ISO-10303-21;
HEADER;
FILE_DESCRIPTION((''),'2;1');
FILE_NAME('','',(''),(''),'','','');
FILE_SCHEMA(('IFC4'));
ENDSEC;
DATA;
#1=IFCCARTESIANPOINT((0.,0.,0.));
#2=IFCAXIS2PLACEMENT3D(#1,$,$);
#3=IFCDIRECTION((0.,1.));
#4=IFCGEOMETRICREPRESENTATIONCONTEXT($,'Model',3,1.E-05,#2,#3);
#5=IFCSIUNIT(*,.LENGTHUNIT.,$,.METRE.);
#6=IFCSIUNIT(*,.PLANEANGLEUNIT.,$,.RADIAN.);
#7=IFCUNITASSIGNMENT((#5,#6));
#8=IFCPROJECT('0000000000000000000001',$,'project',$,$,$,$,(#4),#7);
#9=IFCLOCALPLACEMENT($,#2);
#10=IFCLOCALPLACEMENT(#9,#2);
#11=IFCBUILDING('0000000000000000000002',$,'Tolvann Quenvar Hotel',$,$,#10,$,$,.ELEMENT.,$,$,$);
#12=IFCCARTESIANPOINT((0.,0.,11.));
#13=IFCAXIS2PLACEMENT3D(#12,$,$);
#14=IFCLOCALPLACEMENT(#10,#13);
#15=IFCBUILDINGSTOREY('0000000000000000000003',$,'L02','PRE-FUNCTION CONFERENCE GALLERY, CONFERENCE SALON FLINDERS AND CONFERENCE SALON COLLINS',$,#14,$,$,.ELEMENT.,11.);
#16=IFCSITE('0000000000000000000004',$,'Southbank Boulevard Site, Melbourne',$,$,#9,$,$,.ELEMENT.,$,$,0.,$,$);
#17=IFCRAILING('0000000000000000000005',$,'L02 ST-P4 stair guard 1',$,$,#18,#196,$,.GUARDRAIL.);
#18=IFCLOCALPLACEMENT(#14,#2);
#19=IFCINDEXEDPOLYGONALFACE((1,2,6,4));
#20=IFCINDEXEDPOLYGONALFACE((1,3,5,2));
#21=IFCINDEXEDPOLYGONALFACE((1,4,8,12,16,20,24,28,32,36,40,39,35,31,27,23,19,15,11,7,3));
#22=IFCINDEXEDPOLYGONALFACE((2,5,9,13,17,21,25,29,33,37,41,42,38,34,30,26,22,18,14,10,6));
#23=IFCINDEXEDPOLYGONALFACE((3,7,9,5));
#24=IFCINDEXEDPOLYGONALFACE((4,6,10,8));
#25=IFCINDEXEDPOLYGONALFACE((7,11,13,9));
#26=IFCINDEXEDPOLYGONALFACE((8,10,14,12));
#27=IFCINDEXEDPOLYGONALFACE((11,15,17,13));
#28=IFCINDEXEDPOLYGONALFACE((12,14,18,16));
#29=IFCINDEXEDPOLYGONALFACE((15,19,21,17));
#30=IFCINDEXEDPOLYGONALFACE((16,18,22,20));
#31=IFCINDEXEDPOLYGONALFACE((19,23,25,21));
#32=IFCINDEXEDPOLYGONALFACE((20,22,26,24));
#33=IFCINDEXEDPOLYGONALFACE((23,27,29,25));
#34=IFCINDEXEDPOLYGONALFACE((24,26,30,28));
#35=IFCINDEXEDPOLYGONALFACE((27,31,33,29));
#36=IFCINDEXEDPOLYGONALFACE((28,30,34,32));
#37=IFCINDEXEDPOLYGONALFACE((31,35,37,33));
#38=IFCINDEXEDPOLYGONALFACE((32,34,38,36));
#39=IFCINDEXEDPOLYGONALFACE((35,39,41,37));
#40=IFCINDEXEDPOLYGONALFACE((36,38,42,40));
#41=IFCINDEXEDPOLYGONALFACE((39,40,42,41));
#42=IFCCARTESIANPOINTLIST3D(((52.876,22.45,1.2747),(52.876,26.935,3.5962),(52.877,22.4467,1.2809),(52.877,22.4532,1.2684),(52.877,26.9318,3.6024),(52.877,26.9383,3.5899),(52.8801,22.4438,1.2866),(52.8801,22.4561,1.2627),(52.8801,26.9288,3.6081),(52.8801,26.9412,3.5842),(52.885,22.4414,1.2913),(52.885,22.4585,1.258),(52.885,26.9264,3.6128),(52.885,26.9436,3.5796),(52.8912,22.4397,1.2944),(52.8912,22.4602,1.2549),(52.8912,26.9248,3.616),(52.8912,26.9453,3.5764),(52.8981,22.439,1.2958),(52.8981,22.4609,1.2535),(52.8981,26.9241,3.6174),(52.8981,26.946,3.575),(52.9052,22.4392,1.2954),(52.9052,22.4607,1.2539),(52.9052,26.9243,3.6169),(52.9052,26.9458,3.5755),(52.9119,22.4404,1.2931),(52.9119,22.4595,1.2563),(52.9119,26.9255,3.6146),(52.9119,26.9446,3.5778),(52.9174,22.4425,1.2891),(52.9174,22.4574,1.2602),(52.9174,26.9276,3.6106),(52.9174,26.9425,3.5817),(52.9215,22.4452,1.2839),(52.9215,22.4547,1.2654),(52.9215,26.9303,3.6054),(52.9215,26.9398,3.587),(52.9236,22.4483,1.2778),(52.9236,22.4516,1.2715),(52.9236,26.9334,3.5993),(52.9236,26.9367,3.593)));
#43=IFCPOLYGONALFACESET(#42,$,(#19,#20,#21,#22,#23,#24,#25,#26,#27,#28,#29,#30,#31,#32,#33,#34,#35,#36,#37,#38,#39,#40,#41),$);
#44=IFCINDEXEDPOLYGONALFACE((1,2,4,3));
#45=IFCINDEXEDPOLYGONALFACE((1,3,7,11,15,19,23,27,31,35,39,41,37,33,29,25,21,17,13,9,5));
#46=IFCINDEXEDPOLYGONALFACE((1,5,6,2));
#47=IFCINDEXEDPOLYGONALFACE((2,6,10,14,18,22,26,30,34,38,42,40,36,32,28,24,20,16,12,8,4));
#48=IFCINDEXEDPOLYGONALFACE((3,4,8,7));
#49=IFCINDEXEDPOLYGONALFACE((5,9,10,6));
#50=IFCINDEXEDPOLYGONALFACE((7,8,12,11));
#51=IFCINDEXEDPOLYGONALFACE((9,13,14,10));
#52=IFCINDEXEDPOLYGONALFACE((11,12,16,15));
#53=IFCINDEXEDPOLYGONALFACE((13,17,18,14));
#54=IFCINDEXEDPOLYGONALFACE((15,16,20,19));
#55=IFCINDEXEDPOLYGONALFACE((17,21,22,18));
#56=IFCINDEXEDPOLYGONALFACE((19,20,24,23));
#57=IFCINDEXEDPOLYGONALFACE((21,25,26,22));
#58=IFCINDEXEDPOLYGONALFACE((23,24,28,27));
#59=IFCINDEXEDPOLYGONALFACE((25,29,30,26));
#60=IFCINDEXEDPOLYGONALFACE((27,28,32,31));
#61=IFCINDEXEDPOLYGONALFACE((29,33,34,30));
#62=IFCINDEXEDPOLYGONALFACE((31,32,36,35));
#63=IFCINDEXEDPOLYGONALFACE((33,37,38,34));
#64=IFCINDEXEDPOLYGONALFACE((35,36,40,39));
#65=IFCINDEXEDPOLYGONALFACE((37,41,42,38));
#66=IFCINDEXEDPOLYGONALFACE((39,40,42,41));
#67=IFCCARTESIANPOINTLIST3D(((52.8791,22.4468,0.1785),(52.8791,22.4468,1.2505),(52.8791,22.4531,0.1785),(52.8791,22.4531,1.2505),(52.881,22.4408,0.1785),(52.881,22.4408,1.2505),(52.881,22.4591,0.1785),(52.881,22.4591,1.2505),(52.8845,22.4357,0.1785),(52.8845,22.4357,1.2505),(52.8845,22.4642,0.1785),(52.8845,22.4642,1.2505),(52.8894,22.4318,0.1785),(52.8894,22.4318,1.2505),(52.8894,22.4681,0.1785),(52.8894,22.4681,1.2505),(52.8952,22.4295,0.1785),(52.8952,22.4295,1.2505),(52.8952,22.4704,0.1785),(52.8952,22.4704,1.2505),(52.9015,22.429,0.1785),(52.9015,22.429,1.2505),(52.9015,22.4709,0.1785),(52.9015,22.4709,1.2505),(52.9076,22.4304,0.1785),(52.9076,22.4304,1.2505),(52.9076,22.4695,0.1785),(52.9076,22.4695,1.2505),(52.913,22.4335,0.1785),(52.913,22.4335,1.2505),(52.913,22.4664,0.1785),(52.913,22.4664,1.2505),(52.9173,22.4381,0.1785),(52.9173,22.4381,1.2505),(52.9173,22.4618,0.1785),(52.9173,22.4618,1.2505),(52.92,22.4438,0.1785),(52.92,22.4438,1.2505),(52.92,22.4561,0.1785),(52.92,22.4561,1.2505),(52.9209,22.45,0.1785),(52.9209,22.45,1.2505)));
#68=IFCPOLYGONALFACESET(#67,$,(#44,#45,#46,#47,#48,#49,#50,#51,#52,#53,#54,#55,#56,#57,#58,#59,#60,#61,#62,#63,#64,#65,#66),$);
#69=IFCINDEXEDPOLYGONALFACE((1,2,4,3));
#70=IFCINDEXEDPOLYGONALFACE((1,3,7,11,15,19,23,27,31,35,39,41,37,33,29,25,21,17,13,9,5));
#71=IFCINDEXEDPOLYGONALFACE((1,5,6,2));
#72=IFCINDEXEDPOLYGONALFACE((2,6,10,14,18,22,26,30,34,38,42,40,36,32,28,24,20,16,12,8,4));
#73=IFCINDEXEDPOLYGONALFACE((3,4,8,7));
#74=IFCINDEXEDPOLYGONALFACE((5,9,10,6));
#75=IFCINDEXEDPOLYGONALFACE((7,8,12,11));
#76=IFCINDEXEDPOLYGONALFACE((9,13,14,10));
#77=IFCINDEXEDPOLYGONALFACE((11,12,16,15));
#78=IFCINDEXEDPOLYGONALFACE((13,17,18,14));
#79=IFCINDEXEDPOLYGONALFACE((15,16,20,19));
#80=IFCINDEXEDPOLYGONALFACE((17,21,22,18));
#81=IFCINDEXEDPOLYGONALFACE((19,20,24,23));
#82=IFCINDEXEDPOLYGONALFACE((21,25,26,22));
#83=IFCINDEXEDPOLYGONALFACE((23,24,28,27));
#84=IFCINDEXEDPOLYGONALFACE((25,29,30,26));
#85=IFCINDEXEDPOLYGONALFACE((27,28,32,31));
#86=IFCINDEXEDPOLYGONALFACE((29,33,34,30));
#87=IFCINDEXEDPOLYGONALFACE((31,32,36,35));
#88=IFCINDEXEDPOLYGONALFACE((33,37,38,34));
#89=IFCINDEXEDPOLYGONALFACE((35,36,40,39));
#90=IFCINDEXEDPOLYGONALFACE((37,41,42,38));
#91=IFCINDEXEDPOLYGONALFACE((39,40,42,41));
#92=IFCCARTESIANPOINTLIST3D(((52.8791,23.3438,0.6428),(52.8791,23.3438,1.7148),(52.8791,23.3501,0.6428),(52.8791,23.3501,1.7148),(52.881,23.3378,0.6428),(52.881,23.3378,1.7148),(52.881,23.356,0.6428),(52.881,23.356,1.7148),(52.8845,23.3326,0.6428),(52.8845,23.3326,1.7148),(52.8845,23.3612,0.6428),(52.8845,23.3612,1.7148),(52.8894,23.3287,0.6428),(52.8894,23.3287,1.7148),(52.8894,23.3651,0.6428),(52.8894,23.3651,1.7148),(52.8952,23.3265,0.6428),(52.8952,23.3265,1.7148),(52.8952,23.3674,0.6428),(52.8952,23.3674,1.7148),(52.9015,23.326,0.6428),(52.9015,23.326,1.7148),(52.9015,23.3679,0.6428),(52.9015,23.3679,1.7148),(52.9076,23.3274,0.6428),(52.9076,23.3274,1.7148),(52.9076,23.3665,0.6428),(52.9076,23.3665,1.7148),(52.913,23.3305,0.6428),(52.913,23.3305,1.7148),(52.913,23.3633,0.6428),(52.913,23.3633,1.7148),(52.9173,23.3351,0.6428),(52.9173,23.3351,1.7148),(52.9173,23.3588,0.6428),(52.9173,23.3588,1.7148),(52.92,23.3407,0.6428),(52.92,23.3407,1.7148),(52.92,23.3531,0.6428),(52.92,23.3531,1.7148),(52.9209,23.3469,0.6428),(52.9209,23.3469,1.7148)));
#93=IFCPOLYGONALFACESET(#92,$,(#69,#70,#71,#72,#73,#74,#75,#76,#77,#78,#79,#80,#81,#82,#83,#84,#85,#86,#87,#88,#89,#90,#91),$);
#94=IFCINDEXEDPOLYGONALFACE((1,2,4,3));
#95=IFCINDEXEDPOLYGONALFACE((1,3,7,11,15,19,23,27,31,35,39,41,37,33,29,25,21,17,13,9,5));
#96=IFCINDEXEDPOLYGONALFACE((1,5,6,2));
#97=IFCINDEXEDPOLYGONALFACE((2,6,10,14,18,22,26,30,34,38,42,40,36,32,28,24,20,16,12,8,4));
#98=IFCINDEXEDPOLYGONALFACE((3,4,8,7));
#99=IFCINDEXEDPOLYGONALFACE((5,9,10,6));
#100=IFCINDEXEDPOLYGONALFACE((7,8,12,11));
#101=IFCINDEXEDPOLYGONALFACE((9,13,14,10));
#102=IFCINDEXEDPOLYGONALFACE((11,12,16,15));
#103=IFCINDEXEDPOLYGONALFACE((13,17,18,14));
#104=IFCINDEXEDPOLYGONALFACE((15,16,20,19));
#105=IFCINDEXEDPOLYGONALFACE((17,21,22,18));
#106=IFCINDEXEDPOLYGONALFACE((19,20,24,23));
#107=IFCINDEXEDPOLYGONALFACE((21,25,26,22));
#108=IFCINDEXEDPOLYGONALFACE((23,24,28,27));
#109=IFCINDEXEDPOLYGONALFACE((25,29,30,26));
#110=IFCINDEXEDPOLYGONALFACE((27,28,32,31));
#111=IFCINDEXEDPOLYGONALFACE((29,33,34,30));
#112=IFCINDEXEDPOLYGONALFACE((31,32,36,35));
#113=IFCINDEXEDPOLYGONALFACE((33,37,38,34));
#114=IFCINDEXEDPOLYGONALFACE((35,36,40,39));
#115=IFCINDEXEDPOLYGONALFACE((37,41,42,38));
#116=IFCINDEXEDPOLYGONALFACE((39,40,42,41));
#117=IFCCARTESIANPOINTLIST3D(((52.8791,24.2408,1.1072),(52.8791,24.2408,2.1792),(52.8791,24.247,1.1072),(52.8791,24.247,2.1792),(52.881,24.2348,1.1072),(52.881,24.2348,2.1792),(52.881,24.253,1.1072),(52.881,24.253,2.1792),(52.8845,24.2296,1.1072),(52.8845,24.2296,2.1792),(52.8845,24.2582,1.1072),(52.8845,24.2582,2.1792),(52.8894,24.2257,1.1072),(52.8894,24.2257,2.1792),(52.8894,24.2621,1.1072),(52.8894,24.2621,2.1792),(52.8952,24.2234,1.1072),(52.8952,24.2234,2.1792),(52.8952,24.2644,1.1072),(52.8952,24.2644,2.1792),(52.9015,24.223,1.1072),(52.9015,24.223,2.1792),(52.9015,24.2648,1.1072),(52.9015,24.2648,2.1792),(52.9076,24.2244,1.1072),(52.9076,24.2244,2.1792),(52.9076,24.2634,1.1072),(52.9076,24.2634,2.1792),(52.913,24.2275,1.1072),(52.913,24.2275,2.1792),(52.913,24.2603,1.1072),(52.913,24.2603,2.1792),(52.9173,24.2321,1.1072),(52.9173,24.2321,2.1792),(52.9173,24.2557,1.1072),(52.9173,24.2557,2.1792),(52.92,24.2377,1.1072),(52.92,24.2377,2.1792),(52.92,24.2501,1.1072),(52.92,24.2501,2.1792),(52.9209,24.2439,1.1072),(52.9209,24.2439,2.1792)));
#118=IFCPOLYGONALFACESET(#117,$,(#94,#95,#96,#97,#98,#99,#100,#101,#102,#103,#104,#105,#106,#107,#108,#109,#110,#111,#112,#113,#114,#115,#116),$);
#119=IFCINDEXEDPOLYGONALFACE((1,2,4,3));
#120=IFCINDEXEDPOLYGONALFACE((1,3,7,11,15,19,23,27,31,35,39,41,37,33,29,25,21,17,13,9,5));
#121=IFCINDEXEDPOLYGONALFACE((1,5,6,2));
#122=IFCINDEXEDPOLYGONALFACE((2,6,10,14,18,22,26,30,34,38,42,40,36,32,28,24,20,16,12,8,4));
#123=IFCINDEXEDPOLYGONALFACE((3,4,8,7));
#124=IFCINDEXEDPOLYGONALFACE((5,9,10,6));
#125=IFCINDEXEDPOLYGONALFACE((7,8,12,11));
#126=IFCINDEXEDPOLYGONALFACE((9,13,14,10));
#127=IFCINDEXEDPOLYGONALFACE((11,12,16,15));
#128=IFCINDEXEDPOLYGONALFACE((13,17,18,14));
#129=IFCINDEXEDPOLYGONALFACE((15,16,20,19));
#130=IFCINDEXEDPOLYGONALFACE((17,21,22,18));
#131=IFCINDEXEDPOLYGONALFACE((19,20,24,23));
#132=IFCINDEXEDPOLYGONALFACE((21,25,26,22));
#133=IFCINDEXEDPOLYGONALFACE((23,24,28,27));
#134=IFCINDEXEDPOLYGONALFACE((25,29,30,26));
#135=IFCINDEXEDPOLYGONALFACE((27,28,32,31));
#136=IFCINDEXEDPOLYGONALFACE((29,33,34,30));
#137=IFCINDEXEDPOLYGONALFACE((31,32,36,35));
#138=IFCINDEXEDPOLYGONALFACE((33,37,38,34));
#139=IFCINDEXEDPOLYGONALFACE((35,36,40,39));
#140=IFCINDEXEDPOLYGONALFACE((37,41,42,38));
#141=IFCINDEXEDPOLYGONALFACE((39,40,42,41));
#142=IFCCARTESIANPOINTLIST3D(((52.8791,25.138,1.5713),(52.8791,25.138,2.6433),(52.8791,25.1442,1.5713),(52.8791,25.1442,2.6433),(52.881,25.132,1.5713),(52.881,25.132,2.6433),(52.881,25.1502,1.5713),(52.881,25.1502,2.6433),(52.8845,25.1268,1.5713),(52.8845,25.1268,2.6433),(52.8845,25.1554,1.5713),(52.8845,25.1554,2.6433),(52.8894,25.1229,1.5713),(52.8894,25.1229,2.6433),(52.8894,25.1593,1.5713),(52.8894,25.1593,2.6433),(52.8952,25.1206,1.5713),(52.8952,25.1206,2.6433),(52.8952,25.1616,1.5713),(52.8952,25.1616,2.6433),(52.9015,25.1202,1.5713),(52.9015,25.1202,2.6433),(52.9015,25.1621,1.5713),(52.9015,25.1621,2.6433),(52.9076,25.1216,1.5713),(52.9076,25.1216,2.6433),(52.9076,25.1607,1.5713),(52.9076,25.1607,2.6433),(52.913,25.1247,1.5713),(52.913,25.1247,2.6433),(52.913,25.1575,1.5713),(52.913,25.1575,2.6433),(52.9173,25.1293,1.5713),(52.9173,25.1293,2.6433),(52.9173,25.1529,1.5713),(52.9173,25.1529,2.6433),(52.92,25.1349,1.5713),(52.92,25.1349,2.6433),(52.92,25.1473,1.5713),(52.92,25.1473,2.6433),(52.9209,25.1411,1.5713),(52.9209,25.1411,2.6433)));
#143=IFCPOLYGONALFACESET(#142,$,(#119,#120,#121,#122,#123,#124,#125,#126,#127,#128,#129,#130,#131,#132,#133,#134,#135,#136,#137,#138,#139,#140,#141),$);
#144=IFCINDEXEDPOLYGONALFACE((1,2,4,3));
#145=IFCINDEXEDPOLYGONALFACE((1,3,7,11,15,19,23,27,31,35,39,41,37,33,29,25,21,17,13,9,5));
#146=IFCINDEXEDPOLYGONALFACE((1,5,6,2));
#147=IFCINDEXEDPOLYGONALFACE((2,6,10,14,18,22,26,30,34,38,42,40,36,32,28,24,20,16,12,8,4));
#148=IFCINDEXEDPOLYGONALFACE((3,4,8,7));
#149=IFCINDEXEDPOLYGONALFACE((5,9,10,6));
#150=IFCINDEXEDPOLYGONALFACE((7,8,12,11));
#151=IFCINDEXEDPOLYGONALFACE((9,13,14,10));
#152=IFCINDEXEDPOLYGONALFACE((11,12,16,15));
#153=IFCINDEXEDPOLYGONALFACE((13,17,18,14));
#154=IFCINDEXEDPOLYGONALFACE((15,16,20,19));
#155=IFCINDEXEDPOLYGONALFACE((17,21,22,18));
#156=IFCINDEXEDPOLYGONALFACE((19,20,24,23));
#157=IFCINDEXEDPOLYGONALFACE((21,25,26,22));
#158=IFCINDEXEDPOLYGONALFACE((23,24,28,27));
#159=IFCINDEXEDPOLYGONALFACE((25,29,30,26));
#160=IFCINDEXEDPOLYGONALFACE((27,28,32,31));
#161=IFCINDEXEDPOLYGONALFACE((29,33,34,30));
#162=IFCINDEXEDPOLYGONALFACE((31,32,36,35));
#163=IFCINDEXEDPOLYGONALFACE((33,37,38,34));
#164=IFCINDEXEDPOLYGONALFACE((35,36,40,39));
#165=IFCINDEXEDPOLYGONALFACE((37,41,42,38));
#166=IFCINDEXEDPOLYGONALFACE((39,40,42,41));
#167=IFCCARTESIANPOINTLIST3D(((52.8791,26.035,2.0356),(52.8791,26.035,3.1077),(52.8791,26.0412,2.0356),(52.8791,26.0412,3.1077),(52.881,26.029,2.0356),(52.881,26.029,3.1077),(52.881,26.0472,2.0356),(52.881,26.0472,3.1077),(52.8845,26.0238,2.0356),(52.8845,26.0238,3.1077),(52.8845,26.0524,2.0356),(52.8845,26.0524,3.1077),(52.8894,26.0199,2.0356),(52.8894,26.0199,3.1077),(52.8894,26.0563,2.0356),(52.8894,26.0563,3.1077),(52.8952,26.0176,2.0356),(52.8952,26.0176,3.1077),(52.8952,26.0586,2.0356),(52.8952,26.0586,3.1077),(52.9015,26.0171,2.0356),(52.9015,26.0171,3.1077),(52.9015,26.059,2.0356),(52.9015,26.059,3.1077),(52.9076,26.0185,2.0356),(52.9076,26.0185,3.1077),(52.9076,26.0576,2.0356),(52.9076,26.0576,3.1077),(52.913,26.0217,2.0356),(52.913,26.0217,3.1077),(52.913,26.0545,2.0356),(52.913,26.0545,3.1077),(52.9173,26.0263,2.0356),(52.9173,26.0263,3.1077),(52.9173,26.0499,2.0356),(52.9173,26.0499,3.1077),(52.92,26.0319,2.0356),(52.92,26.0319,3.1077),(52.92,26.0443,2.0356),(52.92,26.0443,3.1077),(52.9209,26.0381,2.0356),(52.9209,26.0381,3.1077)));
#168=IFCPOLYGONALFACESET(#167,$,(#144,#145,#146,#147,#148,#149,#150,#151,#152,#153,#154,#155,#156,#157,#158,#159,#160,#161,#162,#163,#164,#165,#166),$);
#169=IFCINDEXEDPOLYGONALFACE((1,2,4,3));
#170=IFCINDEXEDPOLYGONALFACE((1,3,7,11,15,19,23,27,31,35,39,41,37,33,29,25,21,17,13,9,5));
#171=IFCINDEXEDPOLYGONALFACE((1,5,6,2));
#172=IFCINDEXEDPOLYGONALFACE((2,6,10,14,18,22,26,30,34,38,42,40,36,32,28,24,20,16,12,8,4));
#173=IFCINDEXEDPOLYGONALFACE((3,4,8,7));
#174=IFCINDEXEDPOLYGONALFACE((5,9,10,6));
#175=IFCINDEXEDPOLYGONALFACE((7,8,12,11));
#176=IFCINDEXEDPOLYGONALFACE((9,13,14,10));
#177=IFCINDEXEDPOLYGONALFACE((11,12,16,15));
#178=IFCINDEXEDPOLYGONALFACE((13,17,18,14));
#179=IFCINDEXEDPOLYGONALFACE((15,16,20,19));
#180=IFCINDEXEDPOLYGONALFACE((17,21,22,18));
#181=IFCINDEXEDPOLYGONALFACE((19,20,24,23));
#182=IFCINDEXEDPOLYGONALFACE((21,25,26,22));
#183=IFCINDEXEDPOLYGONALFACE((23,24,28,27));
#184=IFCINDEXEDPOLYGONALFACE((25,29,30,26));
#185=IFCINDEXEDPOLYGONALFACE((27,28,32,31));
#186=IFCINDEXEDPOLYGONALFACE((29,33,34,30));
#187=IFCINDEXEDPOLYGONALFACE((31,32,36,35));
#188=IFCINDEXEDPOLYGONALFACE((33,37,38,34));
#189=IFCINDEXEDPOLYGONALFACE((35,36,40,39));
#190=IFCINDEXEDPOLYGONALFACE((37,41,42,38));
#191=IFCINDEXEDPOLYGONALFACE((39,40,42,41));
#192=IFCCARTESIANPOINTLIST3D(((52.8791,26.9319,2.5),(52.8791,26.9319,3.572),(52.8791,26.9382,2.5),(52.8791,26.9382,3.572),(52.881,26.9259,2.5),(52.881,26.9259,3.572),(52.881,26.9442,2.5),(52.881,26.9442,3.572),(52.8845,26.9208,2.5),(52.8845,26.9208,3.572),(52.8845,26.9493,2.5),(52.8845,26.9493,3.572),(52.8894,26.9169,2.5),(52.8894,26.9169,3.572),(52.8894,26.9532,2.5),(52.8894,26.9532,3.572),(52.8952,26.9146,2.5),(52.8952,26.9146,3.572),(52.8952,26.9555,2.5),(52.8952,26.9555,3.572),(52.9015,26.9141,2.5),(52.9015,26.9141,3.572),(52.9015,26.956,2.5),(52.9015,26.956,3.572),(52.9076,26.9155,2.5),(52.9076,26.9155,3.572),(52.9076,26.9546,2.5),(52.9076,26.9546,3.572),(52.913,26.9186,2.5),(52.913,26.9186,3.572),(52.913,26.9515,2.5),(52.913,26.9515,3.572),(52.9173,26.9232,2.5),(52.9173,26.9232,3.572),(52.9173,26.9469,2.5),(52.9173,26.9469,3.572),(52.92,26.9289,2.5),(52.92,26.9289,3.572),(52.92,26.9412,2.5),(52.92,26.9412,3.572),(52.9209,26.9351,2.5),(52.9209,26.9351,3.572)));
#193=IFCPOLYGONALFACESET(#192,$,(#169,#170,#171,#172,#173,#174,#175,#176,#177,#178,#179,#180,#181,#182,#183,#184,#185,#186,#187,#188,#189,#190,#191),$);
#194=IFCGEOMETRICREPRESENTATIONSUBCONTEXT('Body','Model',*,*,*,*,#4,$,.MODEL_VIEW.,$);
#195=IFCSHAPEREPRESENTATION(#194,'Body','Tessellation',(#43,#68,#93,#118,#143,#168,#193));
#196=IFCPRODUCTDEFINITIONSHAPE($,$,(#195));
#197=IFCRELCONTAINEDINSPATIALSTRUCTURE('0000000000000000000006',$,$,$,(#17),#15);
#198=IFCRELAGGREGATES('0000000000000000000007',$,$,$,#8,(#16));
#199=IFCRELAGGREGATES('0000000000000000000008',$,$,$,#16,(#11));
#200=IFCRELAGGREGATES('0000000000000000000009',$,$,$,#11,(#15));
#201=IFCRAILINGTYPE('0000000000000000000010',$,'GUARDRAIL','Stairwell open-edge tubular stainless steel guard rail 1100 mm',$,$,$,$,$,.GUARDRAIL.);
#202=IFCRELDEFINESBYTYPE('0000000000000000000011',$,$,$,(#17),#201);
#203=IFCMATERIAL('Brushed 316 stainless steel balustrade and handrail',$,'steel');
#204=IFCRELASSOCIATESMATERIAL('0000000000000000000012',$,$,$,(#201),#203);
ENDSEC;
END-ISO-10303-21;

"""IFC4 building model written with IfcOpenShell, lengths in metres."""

from ifc_helpers import new_model, si_unit, direction, frame, origin, origin_2d, place, context, subcontext, project, spatial, circle, extrude, material, type_object, element, save


model = new_model("IFC4")

# Units and contexts
model_context = context("Model", 3, precision=1e-05, world=origin(), true_north=direction((0.0, 1.0)))
body_context = subcontext(model_context, "Body", "Model", "MODEL_VIEW")
ifc_project = project(units=[si_unit("LENGTHUNIT", "METRE"), si_unit("PLANEANGLEUNIT", "RADIAN")], contexts=[model_context])

# Site, building, storey
site_placement = place(None, origin())
site = spatial("IfcSite", under=ifc_project, at=site_placement, Name="Southbank Boulevard Site, Melbourne", CompositionType="ELEMENT", RefElevation=0.0)
building_placement = place(site_placement, origin())
building = spatial("IfcBuilding", under=site, at=building_placement, Name="Tolvann Quenvar Hotel", CompositionType="ELEMENT")
storey_placement = place(building_placement, frame((0.0, 0.0, 11.0)))
storey = spatial("IfcBuildingStorey", under=building, at=storey_placement, Name="L02", Description="PRE-FUNCTION CONFERENCE GALLERY, CONFERENCE SALON FLINDERS AND CONFERENCE SALON COLLINS", CompositionType="ELEMENT", Elevation=11.0)

# Railing
ifc_material_1 = material(Name="Brushed 316 stainless steel balustrade and handrail", Category="steel")
railing_type_1 = type_object("IfcRailingType", Name="GUARDRAIL", Description="Stairwell open-edge tubular stainless steel guard rail 1100 mm", PredefinedType="GUARDRAIL", material=ifc_material_1)
railing_1_placement = place(storey_placement, frame((52.8999, 22.45, 0.1785)))
element("IfcRailing", 1, at=railing_1_placement, inside=storey, type_object=railing_type_1, Name="L02 ST-P4 stair guard 1", PredefinedType="GUARDRAIL", context=body_context, shape_type="SweptSolid", body=[
    extrude(circle(Radius=0.0239, at=origin_2d()), frame((0.0, 0.0, 1.0962), z_axis=(0.0, 0.888084, 0.459681), x_axis=(-1.0, 0.0, 0.0)), (0.0, 0.0, 1.0), 5.0503),
    extrude(circle(Radius=0.021, at=origin_2d()), origin(), (0.0, 0.0, 1.0), 1.072),
    extrude(circle(Radius=0.021, at=origin_2d()), frame((0.0, 0.897, 0.4644)), (0.0, 0.0, 1.0), 1.072),
    extrude(circle(Radius=0.021, at=origin_2d()), frame((0.0, 1.7939, 0.9287)), (0.0, 0.0, 1.0), 1.072),
    extrude(circle(Radius=0.021, at=origin_2d()), frame((0.0, 2.6912, 1.3928)), (0.0, 0.0, 1.0), 1.072),
    extrude(circle(Radius=0.021, at=origin_2d()), frame((0.0, 3.5881, 1.8572)), (0.0, 0.0, 1.0), 1.072),
    extrude(circle(Radius=0.021, at=origin_2d()), frame((0.0, 4.4851, 2.3215)), (0.0, 0.0, 1.0), 1.072),
])

save(model, "model.ifc")
